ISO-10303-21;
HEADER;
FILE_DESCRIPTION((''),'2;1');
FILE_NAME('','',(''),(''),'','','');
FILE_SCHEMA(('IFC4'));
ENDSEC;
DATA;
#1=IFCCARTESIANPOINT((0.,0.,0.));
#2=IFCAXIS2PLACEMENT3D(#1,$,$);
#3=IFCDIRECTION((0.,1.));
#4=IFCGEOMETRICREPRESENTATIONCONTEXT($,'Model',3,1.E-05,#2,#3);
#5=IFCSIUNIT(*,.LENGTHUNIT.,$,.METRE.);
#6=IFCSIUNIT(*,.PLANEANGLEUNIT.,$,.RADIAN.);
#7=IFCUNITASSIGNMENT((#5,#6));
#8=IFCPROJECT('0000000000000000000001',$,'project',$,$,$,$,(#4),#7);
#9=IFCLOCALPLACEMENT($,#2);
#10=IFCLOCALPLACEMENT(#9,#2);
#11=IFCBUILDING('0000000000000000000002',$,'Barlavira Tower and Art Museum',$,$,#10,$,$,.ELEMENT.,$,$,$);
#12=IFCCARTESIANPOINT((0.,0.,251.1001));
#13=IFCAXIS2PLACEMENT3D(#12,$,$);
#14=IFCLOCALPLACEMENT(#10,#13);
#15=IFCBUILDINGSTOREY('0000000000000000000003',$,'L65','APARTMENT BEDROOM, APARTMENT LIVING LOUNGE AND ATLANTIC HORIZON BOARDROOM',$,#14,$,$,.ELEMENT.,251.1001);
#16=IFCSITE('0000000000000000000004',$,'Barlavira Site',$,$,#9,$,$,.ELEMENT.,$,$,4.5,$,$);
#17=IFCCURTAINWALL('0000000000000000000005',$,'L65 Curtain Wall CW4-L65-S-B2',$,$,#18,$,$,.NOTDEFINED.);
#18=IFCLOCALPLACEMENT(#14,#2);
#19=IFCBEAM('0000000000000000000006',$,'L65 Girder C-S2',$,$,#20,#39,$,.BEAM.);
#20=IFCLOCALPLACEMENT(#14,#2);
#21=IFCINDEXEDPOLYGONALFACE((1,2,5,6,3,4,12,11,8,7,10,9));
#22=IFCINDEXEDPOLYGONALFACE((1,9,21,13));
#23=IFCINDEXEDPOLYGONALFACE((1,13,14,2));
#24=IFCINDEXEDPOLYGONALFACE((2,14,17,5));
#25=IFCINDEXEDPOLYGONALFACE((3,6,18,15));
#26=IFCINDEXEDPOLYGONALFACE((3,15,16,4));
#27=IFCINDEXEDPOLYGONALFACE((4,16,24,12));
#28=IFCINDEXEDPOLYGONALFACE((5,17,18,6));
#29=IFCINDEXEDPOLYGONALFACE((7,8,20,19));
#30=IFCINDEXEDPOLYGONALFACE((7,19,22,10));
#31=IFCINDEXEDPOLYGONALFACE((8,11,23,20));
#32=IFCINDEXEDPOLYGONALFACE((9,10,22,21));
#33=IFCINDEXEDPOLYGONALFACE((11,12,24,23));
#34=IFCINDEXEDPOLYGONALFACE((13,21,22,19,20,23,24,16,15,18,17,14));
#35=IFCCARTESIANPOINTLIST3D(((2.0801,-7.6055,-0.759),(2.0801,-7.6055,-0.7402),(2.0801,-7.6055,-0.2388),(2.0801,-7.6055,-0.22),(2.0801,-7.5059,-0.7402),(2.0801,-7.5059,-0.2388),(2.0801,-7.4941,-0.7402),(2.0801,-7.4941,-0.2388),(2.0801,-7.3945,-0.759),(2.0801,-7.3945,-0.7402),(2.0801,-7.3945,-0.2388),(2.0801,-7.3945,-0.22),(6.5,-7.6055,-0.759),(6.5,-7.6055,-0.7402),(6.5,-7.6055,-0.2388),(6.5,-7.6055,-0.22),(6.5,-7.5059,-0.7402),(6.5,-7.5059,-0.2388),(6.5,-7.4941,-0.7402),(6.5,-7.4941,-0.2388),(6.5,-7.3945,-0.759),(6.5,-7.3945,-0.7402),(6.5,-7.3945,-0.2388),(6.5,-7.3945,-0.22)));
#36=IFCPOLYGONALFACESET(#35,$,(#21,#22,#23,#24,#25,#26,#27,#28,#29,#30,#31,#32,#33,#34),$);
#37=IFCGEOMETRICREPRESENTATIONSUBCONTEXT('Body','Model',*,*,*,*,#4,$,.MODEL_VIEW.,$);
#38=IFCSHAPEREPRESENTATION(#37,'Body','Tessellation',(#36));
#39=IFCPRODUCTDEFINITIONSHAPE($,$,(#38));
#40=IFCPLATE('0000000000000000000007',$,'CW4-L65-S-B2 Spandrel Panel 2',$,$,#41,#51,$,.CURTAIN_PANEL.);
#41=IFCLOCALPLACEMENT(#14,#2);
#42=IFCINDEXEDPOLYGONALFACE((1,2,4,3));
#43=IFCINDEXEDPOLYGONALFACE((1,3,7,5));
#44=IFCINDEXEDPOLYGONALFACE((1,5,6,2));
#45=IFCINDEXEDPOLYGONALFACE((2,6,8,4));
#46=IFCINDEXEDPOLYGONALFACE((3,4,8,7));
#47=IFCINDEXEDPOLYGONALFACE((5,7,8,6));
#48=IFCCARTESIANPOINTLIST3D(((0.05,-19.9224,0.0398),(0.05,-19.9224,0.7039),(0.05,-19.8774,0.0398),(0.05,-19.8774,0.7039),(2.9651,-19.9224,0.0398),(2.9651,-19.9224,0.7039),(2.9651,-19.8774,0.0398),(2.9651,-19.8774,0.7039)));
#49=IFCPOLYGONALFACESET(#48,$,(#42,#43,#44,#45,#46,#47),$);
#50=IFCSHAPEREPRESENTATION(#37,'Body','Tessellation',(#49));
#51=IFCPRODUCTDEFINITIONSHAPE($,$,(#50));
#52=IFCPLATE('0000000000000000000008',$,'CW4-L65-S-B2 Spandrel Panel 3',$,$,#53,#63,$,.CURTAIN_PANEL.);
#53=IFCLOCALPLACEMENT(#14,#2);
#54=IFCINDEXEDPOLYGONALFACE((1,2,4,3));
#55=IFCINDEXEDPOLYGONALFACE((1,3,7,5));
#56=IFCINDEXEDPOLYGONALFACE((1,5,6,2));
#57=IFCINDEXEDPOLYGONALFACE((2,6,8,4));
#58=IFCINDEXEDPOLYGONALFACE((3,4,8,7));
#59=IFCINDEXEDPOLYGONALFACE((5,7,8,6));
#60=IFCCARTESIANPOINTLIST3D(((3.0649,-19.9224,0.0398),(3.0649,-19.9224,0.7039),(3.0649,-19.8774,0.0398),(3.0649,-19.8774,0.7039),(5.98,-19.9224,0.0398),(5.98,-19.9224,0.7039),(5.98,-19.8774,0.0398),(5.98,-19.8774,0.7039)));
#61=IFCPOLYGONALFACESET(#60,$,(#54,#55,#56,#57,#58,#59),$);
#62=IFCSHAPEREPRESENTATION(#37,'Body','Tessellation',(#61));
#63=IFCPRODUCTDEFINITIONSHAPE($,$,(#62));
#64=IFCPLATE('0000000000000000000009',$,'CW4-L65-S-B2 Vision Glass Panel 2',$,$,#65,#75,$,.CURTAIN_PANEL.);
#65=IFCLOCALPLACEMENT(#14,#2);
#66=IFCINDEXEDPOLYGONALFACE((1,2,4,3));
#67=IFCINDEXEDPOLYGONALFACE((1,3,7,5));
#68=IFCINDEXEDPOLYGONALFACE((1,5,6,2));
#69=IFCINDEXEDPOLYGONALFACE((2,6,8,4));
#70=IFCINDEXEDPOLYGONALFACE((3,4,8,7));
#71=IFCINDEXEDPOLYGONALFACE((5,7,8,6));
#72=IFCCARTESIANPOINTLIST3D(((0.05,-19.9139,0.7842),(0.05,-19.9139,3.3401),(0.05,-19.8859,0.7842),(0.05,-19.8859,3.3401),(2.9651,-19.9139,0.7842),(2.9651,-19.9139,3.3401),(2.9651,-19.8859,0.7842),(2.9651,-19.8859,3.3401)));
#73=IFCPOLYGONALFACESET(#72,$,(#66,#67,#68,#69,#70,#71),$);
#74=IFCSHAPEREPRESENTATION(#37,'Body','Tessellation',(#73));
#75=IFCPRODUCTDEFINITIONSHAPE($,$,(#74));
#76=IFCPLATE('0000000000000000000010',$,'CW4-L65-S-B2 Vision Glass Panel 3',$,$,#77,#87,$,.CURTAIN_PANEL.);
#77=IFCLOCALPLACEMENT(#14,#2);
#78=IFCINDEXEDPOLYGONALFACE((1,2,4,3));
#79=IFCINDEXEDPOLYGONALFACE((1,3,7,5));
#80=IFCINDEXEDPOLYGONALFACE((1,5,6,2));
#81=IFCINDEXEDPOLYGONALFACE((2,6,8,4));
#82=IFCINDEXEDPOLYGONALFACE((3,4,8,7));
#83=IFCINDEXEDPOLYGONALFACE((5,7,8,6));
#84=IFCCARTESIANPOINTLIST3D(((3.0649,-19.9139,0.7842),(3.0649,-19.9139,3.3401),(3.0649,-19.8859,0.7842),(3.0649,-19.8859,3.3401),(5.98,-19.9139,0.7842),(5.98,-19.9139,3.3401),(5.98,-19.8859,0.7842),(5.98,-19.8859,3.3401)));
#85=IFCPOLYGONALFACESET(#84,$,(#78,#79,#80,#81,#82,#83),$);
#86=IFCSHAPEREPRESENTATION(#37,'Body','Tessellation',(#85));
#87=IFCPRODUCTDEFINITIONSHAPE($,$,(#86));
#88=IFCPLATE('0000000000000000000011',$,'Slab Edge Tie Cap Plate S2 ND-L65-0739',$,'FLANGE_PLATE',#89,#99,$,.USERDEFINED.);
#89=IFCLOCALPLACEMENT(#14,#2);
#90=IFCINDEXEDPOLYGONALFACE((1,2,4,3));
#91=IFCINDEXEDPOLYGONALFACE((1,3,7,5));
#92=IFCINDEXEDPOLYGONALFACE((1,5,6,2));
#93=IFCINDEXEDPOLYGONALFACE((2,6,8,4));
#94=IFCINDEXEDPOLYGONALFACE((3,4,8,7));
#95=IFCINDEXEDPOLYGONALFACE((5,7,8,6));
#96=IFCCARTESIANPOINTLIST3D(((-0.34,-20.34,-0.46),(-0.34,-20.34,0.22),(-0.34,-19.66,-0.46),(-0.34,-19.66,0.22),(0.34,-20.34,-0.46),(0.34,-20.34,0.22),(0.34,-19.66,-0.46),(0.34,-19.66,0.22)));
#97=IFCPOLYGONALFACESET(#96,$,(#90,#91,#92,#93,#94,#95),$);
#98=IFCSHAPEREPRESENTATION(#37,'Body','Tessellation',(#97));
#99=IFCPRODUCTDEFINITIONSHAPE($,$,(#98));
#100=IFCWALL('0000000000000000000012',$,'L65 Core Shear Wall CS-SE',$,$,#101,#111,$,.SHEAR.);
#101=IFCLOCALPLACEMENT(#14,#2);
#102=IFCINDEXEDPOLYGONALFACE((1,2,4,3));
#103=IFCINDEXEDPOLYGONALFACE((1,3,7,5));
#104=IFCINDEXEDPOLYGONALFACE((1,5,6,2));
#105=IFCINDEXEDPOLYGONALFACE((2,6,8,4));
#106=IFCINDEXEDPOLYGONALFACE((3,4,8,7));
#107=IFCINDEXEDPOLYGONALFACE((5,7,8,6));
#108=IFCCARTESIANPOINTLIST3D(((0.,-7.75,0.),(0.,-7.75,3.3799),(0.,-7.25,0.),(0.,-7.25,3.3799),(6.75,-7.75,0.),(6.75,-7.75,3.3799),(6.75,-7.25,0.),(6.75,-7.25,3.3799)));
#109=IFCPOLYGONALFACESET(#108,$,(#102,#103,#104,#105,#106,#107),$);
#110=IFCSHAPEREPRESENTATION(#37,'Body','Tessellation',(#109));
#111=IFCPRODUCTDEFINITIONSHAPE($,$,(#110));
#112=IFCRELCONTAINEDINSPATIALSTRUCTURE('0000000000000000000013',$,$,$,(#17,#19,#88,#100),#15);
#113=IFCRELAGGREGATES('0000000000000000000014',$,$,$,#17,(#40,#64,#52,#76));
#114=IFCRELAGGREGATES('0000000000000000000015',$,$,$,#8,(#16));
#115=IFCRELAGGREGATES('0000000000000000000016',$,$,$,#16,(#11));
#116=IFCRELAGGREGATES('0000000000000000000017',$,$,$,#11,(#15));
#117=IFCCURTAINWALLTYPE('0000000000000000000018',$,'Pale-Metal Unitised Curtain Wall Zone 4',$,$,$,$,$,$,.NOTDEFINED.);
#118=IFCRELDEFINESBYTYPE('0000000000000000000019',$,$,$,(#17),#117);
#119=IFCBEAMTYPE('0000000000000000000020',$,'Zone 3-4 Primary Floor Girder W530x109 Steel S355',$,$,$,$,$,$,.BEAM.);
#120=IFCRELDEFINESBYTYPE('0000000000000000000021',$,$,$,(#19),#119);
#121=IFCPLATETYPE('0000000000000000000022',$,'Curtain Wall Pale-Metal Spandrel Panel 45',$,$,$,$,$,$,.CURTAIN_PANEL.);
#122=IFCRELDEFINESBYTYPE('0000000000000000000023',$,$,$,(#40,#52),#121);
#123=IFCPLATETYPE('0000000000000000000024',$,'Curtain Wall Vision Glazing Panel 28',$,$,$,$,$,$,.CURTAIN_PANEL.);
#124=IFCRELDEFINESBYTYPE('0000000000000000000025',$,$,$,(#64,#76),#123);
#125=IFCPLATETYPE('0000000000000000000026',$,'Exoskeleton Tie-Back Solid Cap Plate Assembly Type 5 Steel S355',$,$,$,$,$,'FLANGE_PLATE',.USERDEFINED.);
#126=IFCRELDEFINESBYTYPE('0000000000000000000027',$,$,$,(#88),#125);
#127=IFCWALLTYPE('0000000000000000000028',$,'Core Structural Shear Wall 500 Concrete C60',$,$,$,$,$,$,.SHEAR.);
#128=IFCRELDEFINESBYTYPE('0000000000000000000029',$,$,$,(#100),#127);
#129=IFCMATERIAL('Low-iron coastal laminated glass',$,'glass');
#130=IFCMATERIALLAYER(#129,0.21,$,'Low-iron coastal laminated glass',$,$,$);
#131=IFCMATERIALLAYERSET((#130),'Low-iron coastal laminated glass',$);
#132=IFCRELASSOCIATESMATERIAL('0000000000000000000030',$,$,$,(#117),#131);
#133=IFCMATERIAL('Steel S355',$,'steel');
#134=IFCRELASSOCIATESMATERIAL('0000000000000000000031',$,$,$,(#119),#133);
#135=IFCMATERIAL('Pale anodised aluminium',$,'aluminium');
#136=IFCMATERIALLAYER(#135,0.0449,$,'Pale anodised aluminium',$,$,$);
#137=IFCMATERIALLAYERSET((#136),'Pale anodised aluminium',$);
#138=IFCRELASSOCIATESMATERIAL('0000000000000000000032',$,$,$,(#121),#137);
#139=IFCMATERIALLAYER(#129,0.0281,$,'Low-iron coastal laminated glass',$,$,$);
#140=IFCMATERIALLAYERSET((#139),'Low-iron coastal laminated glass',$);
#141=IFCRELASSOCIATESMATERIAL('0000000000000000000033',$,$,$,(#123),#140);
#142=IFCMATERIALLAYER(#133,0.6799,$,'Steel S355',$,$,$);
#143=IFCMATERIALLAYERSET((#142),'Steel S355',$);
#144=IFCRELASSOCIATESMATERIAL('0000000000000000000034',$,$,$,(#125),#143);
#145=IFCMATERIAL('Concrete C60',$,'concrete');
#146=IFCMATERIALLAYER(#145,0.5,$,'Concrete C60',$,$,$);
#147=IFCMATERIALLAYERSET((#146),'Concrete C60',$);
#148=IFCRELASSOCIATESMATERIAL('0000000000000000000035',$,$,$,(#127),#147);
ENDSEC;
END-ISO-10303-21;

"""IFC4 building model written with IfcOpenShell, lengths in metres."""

from ifc_helpers import new_model, si_unit, direction, frame, frame_2d, origin, origin_2d, place, context, subcontext, project, spatial, rectangle, i_section, extrude, material, layer, layer_set, material_profile, profile_set, type_object, element, aggregate, save


model = new_model("IFC4")

# Units and contexts
model_context = context("Model", 3, precision=1e-05, world=origin(), true_north=direction((0.0, 1.0)))
body_context = subcontext(model_context, "Body", "Model", "MODEL_VIEW")
ifc_project = project(units=[si_unit("LENGTHUNIT", "METRE"), si_unit("PLANEANGLEUNIT", "RADIAN")], contexts=[model_context])

# Site, building, storey
site_placement = place(None, origin())
site = spatial("IfcSite", under=ifc_project, at=site_placement, Name="Barlavira Site", CompositionType="ELEMENT", RefElevation=4.5)
building_placement = place(site_placement, origin())
building = spatial("IfcBuilding", under=site, at=building_placement, Name="Barlavira Tower and Art Museum", CompositionType="ELEMENT")
storey_placement = place(building_placement, frame((0.0, 0.0, 251.1001)))
storey = spatial("IfcBuildingStorey", under=building, at=storey_placement, Name="L65", Description="APARTMENT BEDROOM, APARTMENT LIVING LOUNGE AND ATLANTIC HORIZON BOARDROOM", CompositionType="ELEMENT", Elevation=251.1001)

# Shared definitions
ifc_material_1 = material(Name="Steel S355", Category="steel")

# Curtain wall
ifc_material_2 = material(Name="Low-iron coastal laminated glass", Category="glass")
ifc_layer_1 = layer(ifc_material_2, 0.21, Name="Low-iron coastal laminated glass")
ifc_layer_set_1 = layer_set([ifc_layer_1], Name="Low-iron coastal laminated glass")
curtain_wall_type = type_object("IfcCurtainWallType", Name="Pale-Metal Unitised Curtain Wall Zone 4", PredefinedType="NOTDEFINED", material=ifc_layer_set_1)
curtain_wall_placement = place(storey_placement, origin())
curtain_wall = element("IfcCurtainWall", 1, at=curtain_wall_placement, inside=storey, type_object=curtain_wall_type, Name="L65 Curtain Wall CW4-L65-S-B2", PredefinedType="NOTDEFINED")
ifc_material_3 = material(Name="Pale anodised aluminium", Category="aluminium")

# Beam
ifc_material_profile_1 = material_profile(ifc_material_1, i_section(OverallWidth=0.2109, OverallDepth=0.5391, WebThickness=0.0117, FlangeThickness=0.0188, at=origin_2d()), Name="W530x109.0")
ifc_profile_set_1 = profile_set([ifc_material_profile_1], Name="Steel S355")
beam_type_1 = type_object("IfcBeamType", Name="Zone 3-4 Primary Floor Girder W530x109 Steel S355", PredefinedType="BEAM", material=ifc_profile_set_1)
beam_1_placement = place(storey_placement, frame((2.0801, -7.5, -0.4895), z_axis=(1.0, 0.0, 0.0), x_axis=(0.0, 1.0, 0.0)))
element("IfcBeam", 2, at=beam_1_placement, inside=storey, type_object=beam_type_1, Name="L65 Girder C-S2", PredefinedType="BEAM", context=body_context, shape_type="SweptSolid", body=[
    extrude(i_section(OverallWidth=0.2109, OverallDepth=0.5391, WebThickness=0.0117, FlangeThickness=0.0188, at=origin_2d()), origin(), (0.0, 0.0, 1.0), 4.4199),
])

# Plates
ifc_layer_2 = layer(ifc_material_3, 0.0449, Name="Pale anodised aluminium")
ifc_layer_set_2 = layer_set([ifc_layer_2], Name="Pale anodised aluminium")
plate_type_1 = type_object("IfcPlateType", Name="Curtain Wall Pale-Metal Spandrel Panel 45", PredefinedType="CURTAIN_PANEL", material=ifc_layer_set_2)
plate_1_placement = place(storey_placement, frame((1.5076, -19.8999, 0.0398), z_axis=(0.0, 0.0, 1.0), x_axis=(1.0, 0.0, 0.0)))
plate_1 = element("IfcPlate", 3, at=plate_1_placement, type_object=plate_type_1, Name="CW4-L65-S-B2 Spandrel Panel 2", PredefinedType="CURTAIN_PANEL", context=body_context, shape_type="SweptSolid", body=[
    extrude(rectangle(XDim=2.915, YDim=0.0449, at=origin_2d()), origin(), (0.0, 0.0, 1.0), 0.6641),
])
plate_2_placement = place(storey_placement, frame((4.5225, -19.8999, 0.0398), z_axis=(0.0, 0.0, 1.0), x_axis=(1.0, 0.0, 0.0)))
plate_2 = element("IfcPlate", 4, at=plate_2_placement, type_object=plate_type_1, Name="CW4-L65-S-B2 Spandrel Panel 3", PredefinedType="CURTAIN_PANEL", context=body_context, shape_type="SweptSolid", body=[
    extrude(rectangle(XDim=2.915, YDim=0.0449, at=origin_2d()), origin(), (0.0, 0.0, 1.0), 0.6641),
])
ifc_layer_3 = layer(ifc_material_2, 0.0281, Name="Low-iron coastal laminated glass")
ifc_layer_set_3 = layer_set([ifc_layer_3], Name="Low-iron coastal laminated glass")
plate_type_2 = type_object("IfcPlateType", Name="Curtain Wall Vision Glazing Panel 28", PredefinedType="CURTAIN_PANEL", material=ifc_layer_set_3)
plate_3_placement = place(storey_placement, frame((1.5076, -19.8999, 0.7842), z_axis=(0.0, 0.0, 1.0), x_axis=(1.0, 0.0, 0.0)))
plate_3 = element("IfcPlate", 5, at=plate_3_placement, type_object=plate_type_2, Name="CW4-L65-S-B2 Vision Glass Panel 2", PredefinedType="CURTAIN_PANEL", context=body_context, shape_type="SweptSolid", body=[
    extrude(rectangle(XDim=2.915, YDim=0.0281, at=origin_2d()), origin(), (0.0, 0.0, 1.0), 2.5559),
])
plate_4_placement = place(storey_placement, frame((4.5225, -19.8999, 0.7842), z_axis=(0.0, 0.0, 1.0), x_axis=(1.0, 0.0, 0.0)))
plate_4 = element("IfcPlate", 6, at=plate_4_placement, type_object=plate_type_2, Name="CW4-L65-S-B2 Vision Glass Panel 3", PredefinedType="CURTAIN_PANEL", context=body_context, shape_type="SweptSolid", body=[
    extrude(rectangle(XDim=2.915, YDim=0.0281, at=origin_2d()), origin(), (0.0, 0.0, 1.0), 2.5559),
])
aggregate(curtain_wall, [plate_1, plate_3, plate_2, plate_4])
ifc_layer_4 = layer(ifc_material_1, 0.6799, Name="Steel S355")
ifc_layer_set_4 = layer_set([ifc_layer_4], Name="Steel S355")
plate_type_3 = type_object("IfcPlateType", Name="Exoskeleton Tie-Back Solid Cap Plate Assembly Type 5 Steel S355", ElementType="FLANGE_PLATE", PredefinedType="USERDEFINED", material=ifc_layer_set_4)
plate_5_placement = place(storey_placement, frame((0.0, -20.0, -0.46), z_axis=(0.0, 0.0, 1.0), x_axis=(1.0, 0.0, 0.0)))
element("IfcPlate", 7, at=plate_5_placement, inside=storey, type_object=plate_type_3, Name="Slab Edge Tie Cap Plate S2 ND-L65-0739", ObjectType="FLANGE_PLATE", PredefinedType="USERDEFINED", context=body_context, shape_type="SweptSolid", body=[
    extrude(rectangle(XDim=0.6799, YDim=0.6799, at=origin_2d()), origin(), (0.0, 0.0, 1.0), 0.6799),
])

# Wall
ifc_material_4 = material(Name="Concrete C60", Category="concrete")
ifc_layer_5 = layer(ifc_material_4, 0.5, Name="Concrete C60")
ifc_layer_set_5 = layer_set([ifc_layer_5], Name="Concrete C60")
wall_type = type_object("IfcWallType", Name="Core Structural Shear Wall 500 Concrete C60", PredefinedType="SHEAR", material=ifc_layer_set_5)
wall_placement = place(storey_placement, frame((0.0, -7.5, 0.0), z_axis=(0.0, 0.0, 1.0), x_axis=(1.0, 0.0, 0.0)))
element("IfcWall", 8, at=wall_placement, inside=storey, type_object=wall_type, Name="L65 Core Shear Wall CS-SE", PredefinedType="SHEAR", context=body_context, shape_type="SweptSolid", body=[
    extrude(rectangle(XDim=6.75, YDim=0.5, at=frame_2d((3.375, 0.0))), origin(), (0.0, 0.0, 1.0), 3.3799),
])

save(model, "model.ifc")
